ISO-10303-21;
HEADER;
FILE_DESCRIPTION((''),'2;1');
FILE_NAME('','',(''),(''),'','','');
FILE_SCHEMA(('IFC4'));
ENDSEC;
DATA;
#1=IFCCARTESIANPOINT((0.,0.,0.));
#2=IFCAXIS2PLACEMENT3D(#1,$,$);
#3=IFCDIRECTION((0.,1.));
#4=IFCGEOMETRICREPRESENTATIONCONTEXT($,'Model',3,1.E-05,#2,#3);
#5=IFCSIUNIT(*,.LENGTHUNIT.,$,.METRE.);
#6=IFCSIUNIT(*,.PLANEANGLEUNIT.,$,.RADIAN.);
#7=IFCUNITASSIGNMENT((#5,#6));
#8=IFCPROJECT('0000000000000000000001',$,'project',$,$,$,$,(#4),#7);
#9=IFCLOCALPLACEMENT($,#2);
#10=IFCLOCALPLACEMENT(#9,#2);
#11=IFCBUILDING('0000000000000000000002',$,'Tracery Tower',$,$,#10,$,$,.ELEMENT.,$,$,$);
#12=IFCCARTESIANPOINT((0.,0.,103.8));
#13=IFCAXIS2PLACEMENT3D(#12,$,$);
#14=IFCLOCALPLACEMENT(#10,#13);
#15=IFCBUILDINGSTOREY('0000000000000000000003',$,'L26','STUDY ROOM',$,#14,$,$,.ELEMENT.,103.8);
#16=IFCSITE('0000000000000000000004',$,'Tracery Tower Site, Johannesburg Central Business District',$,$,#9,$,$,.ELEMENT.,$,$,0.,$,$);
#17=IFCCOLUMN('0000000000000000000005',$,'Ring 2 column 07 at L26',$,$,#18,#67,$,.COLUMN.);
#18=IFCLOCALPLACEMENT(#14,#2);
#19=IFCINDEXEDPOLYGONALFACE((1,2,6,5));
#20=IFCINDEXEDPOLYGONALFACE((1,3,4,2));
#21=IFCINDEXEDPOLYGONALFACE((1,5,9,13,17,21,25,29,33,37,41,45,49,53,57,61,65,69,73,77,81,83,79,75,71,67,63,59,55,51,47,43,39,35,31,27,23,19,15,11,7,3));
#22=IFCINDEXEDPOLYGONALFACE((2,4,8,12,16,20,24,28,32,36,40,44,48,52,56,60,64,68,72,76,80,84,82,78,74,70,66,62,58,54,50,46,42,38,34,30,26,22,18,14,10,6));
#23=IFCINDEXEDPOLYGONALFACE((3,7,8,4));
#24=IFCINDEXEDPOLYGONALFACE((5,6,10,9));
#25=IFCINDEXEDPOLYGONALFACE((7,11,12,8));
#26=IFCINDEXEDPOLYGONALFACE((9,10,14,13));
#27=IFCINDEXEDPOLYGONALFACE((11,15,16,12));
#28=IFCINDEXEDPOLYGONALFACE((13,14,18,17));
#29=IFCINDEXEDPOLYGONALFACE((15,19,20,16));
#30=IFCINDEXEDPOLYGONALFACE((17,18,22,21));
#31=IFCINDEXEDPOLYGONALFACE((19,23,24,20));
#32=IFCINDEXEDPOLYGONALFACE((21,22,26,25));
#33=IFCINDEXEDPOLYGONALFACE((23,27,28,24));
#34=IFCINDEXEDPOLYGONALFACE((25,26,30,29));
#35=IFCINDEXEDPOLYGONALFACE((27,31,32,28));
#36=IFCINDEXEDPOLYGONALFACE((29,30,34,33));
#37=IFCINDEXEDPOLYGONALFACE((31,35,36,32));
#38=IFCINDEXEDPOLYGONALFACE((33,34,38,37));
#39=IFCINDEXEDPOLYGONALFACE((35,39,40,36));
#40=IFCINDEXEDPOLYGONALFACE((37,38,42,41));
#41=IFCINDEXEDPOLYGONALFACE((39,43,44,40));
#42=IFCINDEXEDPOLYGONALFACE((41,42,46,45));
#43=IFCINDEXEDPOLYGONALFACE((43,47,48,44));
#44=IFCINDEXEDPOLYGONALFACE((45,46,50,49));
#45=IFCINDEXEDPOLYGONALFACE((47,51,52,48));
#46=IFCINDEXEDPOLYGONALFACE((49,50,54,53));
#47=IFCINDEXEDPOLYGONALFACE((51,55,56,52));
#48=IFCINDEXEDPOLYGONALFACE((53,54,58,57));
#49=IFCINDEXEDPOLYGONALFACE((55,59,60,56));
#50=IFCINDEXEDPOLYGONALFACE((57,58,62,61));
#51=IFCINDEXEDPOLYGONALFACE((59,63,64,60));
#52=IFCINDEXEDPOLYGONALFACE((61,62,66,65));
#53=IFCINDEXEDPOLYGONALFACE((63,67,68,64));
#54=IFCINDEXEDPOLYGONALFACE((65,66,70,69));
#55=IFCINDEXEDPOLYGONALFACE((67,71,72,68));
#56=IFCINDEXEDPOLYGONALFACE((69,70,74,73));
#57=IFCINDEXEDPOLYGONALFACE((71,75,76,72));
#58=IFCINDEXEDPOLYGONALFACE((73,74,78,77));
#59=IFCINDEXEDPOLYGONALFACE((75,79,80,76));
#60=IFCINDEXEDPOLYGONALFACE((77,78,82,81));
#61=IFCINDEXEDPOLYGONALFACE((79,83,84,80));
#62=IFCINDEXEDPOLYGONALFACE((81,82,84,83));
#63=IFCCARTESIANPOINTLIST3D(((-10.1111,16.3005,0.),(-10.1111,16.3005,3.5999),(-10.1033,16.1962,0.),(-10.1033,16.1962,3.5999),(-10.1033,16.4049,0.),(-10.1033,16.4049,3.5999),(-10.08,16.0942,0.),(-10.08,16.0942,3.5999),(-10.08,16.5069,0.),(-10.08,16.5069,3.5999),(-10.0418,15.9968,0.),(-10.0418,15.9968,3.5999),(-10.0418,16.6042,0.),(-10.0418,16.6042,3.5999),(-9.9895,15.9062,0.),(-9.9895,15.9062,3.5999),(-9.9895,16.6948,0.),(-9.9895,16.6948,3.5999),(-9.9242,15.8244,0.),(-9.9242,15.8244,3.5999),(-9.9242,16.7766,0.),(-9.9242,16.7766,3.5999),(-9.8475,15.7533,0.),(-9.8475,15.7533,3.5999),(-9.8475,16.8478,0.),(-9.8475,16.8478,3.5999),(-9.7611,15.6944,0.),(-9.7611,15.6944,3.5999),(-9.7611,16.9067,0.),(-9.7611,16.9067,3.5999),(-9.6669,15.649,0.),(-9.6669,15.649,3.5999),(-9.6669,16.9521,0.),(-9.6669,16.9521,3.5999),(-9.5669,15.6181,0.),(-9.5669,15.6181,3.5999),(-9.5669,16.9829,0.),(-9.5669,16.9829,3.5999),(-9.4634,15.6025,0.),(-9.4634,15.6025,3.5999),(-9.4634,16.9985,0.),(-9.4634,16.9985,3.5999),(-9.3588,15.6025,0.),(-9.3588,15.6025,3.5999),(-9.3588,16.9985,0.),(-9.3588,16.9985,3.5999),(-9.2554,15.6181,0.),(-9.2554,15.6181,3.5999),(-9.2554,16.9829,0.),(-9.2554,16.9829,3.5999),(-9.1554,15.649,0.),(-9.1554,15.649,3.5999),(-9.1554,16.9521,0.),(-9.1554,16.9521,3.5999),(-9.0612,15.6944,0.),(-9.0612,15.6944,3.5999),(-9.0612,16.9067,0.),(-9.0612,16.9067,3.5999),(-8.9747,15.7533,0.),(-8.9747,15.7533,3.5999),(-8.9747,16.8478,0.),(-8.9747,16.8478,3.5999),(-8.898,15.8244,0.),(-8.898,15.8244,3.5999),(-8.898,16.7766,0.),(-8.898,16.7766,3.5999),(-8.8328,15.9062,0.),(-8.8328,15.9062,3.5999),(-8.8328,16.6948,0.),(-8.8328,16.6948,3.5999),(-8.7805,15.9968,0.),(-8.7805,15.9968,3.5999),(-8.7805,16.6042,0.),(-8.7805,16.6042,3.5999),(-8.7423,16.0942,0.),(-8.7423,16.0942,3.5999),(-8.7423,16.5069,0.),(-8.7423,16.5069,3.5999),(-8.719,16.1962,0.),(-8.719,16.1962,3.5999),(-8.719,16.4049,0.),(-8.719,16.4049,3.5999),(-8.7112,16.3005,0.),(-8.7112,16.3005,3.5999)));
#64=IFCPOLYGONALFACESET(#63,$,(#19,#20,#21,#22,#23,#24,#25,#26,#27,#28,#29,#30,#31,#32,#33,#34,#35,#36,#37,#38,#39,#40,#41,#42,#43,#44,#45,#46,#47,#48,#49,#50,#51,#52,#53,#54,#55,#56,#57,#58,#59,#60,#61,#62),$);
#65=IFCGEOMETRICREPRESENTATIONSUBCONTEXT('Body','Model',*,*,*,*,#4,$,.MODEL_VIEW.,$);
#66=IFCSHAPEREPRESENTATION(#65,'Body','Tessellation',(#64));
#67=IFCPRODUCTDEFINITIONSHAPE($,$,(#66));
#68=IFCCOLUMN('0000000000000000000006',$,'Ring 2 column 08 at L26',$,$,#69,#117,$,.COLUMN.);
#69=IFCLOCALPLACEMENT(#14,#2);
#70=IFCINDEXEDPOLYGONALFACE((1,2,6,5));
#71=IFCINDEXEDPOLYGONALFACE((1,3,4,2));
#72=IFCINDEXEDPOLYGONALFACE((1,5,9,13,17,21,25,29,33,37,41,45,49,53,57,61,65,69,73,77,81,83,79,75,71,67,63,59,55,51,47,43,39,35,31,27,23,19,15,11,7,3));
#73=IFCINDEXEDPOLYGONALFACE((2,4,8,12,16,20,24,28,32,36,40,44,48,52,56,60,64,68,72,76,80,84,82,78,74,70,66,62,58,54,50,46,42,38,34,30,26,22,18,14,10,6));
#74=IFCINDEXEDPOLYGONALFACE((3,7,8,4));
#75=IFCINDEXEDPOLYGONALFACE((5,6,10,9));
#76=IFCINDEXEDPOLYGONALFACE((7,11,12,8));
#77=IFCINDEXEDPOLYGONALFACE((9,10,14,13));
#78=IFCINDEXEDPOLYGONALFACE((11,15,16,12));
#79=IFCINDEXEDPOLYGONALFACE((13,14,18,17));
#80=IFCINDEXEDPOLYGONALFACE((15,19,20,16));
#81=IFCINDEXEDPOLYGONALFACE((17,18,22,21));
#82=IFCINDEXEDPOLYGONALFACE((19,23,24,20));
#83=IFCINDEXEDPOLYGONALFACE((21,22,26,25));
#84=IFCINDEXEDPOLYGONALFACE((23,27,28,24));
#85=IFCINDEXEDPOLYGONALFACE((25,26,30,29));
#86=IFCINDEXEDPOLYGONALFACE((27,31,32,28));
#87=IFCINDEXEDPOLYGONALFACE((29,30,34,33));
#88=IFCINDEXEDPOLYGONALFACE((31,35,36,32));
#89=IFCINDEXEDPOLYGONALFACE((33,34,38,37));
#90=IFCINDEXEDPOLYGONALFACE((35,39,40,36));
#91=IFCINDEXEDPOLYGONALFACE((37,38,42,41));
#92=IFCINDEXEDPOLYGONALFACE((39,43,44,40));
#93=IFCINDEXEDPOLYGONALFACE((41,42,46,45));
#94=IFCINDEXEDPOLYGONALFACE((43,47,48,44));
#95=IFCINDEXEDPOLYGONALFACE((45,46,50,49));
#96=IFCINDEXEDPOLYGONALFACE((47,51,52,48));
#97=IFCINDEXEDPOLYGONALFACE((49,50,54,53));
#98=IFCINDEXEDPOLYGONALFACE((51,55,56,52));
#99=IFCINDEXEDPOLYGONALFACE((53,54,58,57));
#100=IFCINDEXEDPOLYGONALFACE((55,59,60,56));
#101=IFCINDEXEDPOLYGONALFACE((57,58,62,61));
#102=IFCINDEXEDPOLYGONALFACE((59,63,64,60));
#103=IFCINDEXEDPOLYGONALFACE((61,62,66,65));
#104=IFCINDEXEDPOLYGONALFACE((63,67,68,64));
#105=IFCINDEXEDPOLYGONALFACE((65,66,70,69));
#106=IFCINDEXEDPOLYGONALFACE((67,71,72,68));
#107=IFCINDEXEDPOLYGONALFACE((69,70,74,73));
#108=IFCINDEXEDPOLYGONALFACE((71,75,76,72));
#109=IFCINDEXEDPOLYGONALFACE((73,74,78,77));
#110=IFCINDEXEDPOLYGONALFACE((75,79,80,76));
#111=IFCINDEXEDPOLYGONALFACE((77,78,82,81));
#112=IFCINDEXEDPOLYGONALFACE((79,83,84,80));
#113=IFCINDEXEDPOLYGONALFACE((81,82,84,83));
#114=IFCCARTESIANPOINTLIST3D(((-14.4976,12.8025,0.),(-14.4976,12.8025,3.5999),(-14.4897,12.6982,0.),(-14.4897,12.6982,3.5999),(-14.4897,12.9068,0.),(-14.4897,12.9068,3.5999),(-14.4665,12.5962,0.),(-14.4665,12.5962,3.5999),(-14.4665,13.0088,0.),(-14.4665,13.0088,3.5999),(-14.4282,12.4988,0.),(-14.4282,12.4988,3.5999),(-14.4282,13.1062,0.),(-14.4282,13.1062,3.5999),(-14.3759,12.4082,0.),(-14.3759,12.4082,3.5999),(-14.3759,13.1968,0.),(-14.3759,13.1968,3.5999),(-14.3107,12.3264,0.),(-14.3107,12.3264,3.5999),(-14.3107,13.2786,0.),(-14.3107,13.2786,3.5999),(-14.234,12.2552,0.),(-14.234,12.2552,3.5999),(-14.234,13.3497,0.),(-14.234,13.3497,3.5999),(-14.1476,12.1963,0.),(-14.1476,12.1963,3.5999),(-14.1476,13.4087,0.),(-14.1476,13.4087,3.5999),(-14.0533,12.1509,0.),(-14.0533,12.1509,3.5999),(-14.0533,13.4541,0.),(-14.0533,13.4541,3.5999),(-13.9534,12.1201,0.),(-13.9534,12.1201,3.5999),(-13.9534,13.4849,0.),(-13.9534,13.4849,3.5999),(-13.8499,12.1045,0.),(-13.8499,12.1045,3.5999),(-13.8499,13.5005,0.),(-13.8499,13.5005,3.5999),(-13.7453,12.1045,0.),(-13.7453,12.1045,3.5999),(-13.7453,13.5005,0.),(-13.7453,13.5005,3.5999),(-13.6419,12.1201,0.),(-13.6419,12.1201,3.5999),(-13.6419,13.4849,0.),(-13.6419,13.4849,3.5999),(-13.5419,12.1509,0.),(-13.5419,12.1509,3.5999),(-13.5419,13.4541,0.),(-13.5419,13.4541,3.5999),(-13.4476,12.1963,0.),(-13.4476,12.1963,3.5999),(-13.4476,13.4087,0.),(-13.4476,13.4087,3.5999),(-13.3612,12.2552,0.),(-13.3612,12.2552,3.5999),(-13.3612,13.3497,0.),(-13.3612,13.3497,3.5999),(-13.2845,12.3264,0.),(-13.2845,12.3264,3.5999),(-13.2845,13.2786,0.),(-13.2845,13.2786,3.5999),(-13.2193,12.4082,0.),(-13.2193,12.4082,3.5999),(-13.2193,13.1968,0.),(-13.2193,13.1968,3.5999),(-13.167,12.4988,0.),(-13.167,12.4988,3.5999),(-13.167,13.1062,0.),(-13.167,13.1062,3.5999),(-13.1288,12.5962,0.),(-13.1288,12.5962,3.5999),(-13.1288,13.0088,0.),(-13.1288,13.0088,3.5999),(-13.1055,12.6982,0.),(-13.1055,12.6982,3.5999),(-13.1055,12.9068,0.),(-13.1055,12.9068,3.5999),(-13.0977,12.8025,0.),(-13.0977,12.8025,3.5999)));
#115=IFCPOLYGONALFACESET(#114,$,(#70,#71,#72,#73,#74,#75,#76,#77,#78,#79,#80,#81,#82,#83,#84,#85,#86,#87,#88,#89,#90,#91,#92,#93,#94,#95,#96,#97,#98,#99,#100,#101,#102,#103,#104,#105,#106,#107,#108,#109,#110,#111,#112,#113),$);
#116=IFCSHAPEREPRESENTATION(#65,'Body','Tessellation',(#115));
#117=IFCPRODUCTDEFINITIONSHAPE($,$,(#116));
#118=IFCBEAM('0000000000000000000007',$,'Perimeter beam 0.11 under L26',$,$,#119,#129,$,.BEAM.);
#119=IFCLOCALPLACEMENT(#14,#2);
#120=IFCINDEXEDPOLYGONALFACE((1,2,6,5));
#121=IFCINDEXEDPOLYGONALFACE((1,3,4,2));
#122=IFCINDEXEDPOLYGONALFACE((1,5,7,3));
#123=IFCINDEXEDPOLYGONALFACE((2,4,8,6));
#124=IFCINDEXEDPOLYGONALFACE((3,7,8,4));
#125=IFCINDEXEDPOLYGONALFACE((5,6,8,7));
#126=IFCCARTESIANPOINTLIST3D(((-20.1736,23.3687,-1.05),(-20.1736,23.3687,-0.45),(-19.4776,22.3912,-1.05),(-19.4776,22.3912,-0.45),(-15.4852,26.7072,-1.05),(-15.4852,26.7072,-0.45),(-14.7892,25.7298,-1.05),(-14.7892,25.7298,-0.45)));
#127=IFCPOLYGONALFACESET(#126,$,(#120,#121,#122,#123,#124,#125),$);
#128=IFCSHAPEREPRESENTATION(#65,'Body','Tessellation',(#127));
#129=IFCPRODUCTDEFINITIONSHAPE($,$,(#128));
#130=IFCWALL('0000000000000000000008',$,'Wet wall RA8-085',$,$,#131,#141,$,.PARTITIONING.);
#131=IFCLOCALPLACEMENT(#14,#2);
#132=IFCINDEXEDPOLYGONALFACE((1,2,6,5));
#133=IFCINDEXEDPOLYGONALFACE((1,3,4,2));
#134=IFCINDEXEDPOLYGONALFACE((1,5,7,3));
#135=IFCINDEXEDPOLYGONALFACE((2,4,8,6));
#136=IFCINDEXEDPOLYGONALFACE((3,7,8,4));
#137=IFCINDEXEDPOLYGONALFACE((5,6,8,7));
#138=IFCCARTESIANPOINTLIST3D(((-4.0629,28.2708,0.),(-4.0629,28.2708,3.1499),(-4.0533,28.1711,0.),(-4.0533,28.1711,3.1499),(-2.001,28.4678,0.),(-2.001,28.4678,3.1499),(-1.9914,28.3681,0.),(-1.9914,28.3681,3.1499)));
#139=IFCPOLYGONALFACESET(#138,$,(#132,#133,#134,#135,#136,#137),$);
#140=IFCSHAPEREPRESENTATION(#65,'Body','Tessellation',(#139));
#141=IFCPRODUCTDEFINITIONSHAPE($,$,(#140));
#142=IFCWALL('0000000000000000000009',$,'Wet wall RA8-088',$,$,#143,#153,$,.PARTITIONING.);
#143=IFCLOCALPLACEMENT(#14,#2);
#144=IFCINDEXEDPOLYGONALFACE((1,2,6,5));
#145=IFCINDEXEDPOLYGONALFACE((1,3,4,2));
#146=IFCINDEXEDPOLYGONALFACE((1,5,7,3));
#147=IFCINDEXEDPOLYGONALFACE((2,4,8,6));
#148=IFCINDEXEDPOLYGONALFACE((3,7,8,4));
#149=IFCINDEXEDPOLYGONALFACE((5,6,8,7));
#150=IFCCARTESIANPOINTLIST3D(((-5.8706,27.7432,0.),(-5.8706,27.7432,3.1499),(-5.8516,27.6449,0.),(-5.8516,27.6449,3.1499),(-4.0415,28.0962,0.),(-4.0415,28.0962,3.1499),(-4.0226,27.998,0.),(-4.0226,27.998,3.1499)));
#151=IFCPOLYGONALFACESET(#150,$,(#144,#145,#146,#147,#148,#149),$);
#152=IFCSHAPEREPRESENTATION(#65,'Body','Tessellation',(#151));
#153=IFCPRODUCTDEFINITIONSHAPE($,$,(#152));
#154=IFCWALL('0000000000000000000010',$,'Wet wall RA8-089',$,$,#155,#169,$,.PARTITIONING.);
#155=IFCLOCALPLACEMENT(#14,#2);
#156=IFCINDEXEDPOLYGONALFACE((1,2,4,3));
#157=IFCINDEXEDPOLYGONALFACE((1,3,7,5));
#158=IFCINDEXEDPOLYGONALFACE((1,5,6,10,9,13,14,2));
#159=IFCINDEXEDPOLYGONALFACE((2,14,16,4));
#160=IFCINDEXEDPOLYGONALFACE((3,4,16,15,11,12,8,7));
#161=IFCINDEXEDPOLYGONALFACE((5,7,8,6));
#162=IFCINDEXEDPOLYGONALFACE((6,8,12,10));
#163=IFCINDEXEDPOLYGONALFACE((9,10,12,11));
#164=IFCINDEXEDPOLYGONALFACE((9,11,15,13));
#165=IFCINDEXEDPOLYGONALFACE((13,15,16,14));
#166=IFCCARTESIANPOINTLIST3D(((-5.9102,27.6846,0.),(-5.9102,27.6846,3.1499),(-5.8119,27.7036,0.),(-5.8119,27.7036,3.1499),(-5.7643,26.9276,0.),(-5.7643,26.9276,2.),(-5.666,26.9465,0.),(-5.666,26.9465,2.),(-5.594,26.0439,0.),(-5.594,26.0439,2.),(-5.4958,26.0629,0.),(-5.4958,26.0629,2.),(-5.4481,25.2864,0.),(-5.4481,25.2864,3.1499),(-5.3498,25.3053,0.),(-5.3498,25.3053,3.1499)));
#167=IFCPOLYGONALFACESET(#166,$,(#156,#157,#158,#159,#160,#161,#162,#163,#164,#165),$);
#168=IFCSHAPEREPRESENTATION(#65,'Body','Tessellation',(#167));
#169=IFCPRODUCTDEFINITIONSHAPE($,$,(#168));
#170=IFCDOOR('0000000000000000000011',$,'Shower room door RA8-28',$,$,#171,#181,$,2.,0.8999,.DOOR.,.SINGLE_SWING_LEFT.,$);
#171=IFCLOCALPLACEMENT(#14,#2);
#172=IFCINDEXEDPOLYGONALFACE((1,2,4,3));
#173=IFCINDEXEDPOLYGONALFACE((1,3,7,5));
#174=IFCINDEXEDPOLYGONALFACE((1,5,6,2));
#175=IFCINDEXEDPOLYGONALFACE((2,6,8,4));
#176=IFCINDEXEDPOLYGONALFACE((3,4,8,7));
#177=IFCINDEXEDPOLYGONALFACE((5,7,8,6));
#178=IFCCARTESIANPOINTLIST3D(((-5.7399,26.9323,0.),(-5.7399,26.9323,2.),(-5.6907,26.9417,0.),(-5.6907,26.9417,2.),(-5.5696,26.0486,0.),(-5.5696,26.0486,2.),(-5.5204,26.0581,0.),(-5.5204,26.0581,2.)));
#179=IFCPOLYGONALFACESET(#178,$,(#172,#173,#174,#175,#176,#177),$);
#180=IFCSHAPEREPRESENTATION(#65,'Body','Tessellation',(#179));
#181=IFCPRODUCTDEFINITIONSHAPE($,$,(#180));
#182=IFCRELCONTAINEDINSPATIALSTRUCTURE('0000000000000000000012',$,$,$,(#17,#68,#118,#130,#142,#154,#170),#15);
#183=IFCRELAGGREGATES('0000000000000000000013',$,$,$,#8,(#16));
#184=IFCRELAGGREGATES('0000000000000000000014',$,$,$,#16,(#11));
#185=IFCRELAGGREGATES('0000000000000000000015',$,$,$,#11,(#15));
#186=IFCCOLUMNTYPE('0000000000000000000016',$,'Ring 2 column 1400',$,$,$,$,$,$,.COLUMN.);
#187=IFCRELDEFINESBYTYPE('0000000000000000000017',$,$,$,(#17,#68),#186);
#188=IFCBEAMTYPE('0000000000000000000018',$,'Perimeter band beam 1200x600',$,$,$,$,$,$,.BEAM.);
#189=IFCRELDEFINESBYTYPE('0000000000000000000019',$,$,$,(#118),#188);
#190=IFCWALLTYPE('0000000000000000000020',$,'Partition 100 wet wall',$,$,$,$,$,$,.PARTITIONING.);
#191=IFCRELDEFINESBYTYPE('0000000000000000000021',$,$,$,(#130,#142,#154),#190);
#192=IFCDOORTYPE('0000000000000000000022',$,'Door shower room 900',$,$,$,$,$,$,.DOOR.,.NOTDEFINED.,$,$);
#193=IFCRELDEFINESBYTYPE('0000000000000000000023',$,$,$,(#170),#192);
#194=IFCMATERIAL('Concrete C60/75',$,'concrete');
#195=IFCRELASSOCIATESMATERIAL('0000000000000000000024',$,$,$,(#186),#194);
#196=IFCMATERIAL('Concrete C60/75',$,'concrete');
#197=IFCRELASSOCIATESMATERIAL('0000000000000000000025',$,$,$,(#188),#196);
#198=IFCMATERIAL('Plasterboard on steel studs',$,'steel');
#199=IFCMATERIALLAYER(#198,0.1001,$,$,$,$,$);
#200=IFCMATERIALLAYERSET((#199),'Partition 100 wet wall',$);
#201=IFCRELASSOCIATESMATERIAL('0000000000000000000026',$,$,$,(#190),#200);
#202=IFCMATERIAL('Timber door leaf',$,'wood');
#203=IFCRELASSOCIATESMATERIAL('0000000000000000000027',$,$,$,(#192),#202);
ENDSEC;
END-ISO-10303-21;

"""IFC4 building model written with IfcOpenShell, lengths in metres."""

from ifc_helpers import new_model, si_unit, direction, frame, frame_2d, origin, origin_2d, place, context, subcontext, project, spatial, rectangle, circle, extrude, material, layer, layer_set, material_profile, profile_set, type_object, element, fill, save


model = new_model("IFC4")

# Units and contexts
model_context = context("Model", 3, precision=1e-05, world=origin(), true_north=direction((0.0, 1.0)))
body_context = subcontext(model_context, "Body", "Model", "MODEL_VIEW")
ifc_project = project(units=[si_unit("LENGTHUNIT", "METRE"), si_unit("PLANEANGLEUNIT", "RADIAN")], contexts=[model_context])

# Site, building, storey
site_placement = place(None, origin())
site = spatial("IfcSite", under=ifc_project, at=site_placement, Name="Tracery Tower Site, Johannesburg Central Business District", CompositionType="ELEMENT", RefElevation=0.0)
building_placement = place(site_placement, origin())
building = spatial("IfcBuilding", under=site, at=building_placement, Name="Tracery Tower", CompositionType="ELEMENT")
storey_placement = place(building_placement, frame((0.0, 0.0, 103.8)))
storey = spatial("IfcBuildingStorey", under=building, at=storey_placement, Name="L26", Description="STUDY ROOM", CompositionType="ELEMENT", Elevation=103.8)

# Columns
ifc_material_1 = material(Name="Concrete C60/75", Category="concrete")
ifc_material_profile_1 = material_profile(ifc_material_1, circle(Radius=0.7, at=origin_2d()), Name="RC D1400")
ifc_profile_set_1 = profile_set([ifc_material_profile_1], Name="Concrete C60/75")
column_type_1 = type_object("IfcColumnType", Name="Ring 2 column 1400", PredefinedType="COLUMN", material=ifc_profile_set_1)
for number, where, z_axis, x_axis, name in (
    (1, (-9.4111, 16.3005, 0.0), (0.0, 0.0, 1.0), (1.0, 0.0, 0.0), "Ring 2 column 07 at L26"),
    (2, (-13.7976, 12.8025, 0.0), (0.0, 0.0, 1.0), (1.0, 0.0, 0.0), "Ring 2 column 08 at L26"),
):
    element("IfcColumn", number, at=place(storey_placement, frame(where, z_axis=z_axis, x_axis=x_axis)), inside=storey, type_object=column_type_1, Name=name, PredefinedType="COLUMN", context=body_context, shape_type="SweptSolid", body=[
        extrude(circle(Radius=0.7, at=origin_2d()), origin(), (0.0, 0.0, 1.0), 3.5999),
    ])

# Beam
ifc_material_2 = material(Name="Concrete C60/75", Category="concrete")
ifc_material_profile_2 = material_profile(ifc_material_2, rectangle(XDim=1.2, YDim=0.6001, at=origin_2d()), Name="RC 1200x600")
ifc_profile_set_2 = profile_set([ifc_material_profile_2], Name="Concrete C60/75")
beam_type = type_object("IfcBeamType", Name="Perimeter band beam 1200x600", PredefinedType="BEAM", material=ifc_profile_set_2)
beam_placement = place(storey_placement, frame((-15.1372, 26.2185, -0.75), z_axis=(-0.814578, -0.580054, 0.0), x_axis=(0.580054, -0.814578, 0.0)))
element("IfcBeam", 3, at=beam_placement, inside=storey, type_object=beam_type, Name="Perimeter beam 0.11 under L26", PredefinedType="BEAM", context=body_context, shape_type="SweptSolid", body=[
    extrude(rectangle(XDim=1.2, YDim=0.6001, at=origin_2d()), origin(), (0.0, 0.0, 1.0), 5.7556),
])

# Walls
ifc_material_3 = material(Name="Plasterboard on steel studs", Category="steel")
ifc_layer_1 = layer(ifc_material_3, 0.1001)
ifc_layer_set_1 = layer_set([ifc_layer_1], Name="Partition 100 wet wall")
wall_type_1 = type_object("IfcWallType", Name="Partition 100 wet wall", PredefinedType="PARTITIONING", material=ifc_layer_set_1)
wall_1_placement = place(storey_placement, frame((-4.0581, 28.2209, 0.0), z_axis=(0.0, 0.0, 1.0), x_axis=(0.995466, 0.095115, 0.0)))
element("IfcWall", 4, at=wall_1_placement, inside=storey, type_object=wall_type_1, Name="Wet wall RA8-085", PredefinedType="PARTITIONING", context=body_context, shape_type="SweptSolid", body=[
    extrude(rectangle(XDim=2.0713, YDim=0.1001, at=frame_2d((1.0356, 0.0))), origin(), (0.0, 0.0, 1.0), 3.1499),
])
wall_2_placement = place(storey_placement, frame((-5.8611, 27.6941, 0.0), z_axis=(0.0, 0.0, 1.0), x_axis=(0.981879, 0.189508, 0.0)))
element("IfcWall", 5, at=wall_2_placement, inside=storey, type_object=wall_type_1, Name="Wet wall RA8-088", PredefinedType="PARTITIONING", context=body_context, shape_type="SweptSolid", body=[
    extrude(rectangle(XDim=1.8628, YDim=0.1001, at=frame_2d((0.9314, 0.0))), origin(), (0.0, 0.0, 1.0), 3.1499),
])

# Wall, opening, door
wall_3_placement = place(storey_placement, frame((-5.8611, 27.6941, 0.0), z_axis=(0.0, 0.0, 1.0), x_axis=(0.189229, -0.981933, 0.0)))
wall_3 = element("IfcWall", 6, at=wall_3_placement, inside=storey, type_object=wall_type_1, Name="Wet wall RA8-089", PredefinedType="PARTITIONING", context=body_context, shape_type="SweptSolid", body=[
    extrude(rectangle(XDim=2.4424, YDim=0.1001, at=frame_2d((1.2212, 0.0))), origin(), (0.0, 0.0, 1.0), 3.1499),
])
opening_1_placement = place(wall_3_placement, frame((0.771, 0.0, 0.0)))
opening_1 = element("IfcOpeningElement", 7, at=opening_1_placement, cuts=wall_3, PredefinedType="OPENING", context=body_context, shape_type="SweptSolid", body=[
    extrude(rectangle(XDim=0.8999, YDim=2.0, at=frame_2d((0.45, 1.0))), frame((0.0, 0.05, 0.0), z_axis=(0.0, -1.0, 0.0), x_axis=(1.0, 0.0, 0.0)), (0.0, 0.0, 1.0), 0.1001),
])
ifc_material_4 = material(Name="Timber door leaf", Category="wood")
door_type_1 = type_object("IfcDoorType", Name="Door shower room 900", OperationType="NOTDEFINED", PredefinedType="DOOR", material=ifc_material_4)
door_1_placement = place(opening_1_placement, origin())
door_1 = element("IfcDoor", 8, at=door_1_placement, inside=storey, type_object=door_type_1, Name="Shower room door RA8-28", OperationType="SINGLE_SWING_LEFT", OverallHeight=2.0, OverallWidth=0.8999, PredefinedType="DOOR", context=body_context, shape_type="SweptSolid", body=[
    extrude(rectangle(XDim=0.8999, YDim=2.0, at=frame_2d((0.45, 1.0))), frame((0.0, 0.0249, 0.0), z_axis=(0.0, -1.0, 0.0), x_axis=(1.0, 0.0, 0.0)), (0.0, 0.0, 1.0), 0.05),
])
fill(opening_1, door_1)

save(model, "model.ifc")
